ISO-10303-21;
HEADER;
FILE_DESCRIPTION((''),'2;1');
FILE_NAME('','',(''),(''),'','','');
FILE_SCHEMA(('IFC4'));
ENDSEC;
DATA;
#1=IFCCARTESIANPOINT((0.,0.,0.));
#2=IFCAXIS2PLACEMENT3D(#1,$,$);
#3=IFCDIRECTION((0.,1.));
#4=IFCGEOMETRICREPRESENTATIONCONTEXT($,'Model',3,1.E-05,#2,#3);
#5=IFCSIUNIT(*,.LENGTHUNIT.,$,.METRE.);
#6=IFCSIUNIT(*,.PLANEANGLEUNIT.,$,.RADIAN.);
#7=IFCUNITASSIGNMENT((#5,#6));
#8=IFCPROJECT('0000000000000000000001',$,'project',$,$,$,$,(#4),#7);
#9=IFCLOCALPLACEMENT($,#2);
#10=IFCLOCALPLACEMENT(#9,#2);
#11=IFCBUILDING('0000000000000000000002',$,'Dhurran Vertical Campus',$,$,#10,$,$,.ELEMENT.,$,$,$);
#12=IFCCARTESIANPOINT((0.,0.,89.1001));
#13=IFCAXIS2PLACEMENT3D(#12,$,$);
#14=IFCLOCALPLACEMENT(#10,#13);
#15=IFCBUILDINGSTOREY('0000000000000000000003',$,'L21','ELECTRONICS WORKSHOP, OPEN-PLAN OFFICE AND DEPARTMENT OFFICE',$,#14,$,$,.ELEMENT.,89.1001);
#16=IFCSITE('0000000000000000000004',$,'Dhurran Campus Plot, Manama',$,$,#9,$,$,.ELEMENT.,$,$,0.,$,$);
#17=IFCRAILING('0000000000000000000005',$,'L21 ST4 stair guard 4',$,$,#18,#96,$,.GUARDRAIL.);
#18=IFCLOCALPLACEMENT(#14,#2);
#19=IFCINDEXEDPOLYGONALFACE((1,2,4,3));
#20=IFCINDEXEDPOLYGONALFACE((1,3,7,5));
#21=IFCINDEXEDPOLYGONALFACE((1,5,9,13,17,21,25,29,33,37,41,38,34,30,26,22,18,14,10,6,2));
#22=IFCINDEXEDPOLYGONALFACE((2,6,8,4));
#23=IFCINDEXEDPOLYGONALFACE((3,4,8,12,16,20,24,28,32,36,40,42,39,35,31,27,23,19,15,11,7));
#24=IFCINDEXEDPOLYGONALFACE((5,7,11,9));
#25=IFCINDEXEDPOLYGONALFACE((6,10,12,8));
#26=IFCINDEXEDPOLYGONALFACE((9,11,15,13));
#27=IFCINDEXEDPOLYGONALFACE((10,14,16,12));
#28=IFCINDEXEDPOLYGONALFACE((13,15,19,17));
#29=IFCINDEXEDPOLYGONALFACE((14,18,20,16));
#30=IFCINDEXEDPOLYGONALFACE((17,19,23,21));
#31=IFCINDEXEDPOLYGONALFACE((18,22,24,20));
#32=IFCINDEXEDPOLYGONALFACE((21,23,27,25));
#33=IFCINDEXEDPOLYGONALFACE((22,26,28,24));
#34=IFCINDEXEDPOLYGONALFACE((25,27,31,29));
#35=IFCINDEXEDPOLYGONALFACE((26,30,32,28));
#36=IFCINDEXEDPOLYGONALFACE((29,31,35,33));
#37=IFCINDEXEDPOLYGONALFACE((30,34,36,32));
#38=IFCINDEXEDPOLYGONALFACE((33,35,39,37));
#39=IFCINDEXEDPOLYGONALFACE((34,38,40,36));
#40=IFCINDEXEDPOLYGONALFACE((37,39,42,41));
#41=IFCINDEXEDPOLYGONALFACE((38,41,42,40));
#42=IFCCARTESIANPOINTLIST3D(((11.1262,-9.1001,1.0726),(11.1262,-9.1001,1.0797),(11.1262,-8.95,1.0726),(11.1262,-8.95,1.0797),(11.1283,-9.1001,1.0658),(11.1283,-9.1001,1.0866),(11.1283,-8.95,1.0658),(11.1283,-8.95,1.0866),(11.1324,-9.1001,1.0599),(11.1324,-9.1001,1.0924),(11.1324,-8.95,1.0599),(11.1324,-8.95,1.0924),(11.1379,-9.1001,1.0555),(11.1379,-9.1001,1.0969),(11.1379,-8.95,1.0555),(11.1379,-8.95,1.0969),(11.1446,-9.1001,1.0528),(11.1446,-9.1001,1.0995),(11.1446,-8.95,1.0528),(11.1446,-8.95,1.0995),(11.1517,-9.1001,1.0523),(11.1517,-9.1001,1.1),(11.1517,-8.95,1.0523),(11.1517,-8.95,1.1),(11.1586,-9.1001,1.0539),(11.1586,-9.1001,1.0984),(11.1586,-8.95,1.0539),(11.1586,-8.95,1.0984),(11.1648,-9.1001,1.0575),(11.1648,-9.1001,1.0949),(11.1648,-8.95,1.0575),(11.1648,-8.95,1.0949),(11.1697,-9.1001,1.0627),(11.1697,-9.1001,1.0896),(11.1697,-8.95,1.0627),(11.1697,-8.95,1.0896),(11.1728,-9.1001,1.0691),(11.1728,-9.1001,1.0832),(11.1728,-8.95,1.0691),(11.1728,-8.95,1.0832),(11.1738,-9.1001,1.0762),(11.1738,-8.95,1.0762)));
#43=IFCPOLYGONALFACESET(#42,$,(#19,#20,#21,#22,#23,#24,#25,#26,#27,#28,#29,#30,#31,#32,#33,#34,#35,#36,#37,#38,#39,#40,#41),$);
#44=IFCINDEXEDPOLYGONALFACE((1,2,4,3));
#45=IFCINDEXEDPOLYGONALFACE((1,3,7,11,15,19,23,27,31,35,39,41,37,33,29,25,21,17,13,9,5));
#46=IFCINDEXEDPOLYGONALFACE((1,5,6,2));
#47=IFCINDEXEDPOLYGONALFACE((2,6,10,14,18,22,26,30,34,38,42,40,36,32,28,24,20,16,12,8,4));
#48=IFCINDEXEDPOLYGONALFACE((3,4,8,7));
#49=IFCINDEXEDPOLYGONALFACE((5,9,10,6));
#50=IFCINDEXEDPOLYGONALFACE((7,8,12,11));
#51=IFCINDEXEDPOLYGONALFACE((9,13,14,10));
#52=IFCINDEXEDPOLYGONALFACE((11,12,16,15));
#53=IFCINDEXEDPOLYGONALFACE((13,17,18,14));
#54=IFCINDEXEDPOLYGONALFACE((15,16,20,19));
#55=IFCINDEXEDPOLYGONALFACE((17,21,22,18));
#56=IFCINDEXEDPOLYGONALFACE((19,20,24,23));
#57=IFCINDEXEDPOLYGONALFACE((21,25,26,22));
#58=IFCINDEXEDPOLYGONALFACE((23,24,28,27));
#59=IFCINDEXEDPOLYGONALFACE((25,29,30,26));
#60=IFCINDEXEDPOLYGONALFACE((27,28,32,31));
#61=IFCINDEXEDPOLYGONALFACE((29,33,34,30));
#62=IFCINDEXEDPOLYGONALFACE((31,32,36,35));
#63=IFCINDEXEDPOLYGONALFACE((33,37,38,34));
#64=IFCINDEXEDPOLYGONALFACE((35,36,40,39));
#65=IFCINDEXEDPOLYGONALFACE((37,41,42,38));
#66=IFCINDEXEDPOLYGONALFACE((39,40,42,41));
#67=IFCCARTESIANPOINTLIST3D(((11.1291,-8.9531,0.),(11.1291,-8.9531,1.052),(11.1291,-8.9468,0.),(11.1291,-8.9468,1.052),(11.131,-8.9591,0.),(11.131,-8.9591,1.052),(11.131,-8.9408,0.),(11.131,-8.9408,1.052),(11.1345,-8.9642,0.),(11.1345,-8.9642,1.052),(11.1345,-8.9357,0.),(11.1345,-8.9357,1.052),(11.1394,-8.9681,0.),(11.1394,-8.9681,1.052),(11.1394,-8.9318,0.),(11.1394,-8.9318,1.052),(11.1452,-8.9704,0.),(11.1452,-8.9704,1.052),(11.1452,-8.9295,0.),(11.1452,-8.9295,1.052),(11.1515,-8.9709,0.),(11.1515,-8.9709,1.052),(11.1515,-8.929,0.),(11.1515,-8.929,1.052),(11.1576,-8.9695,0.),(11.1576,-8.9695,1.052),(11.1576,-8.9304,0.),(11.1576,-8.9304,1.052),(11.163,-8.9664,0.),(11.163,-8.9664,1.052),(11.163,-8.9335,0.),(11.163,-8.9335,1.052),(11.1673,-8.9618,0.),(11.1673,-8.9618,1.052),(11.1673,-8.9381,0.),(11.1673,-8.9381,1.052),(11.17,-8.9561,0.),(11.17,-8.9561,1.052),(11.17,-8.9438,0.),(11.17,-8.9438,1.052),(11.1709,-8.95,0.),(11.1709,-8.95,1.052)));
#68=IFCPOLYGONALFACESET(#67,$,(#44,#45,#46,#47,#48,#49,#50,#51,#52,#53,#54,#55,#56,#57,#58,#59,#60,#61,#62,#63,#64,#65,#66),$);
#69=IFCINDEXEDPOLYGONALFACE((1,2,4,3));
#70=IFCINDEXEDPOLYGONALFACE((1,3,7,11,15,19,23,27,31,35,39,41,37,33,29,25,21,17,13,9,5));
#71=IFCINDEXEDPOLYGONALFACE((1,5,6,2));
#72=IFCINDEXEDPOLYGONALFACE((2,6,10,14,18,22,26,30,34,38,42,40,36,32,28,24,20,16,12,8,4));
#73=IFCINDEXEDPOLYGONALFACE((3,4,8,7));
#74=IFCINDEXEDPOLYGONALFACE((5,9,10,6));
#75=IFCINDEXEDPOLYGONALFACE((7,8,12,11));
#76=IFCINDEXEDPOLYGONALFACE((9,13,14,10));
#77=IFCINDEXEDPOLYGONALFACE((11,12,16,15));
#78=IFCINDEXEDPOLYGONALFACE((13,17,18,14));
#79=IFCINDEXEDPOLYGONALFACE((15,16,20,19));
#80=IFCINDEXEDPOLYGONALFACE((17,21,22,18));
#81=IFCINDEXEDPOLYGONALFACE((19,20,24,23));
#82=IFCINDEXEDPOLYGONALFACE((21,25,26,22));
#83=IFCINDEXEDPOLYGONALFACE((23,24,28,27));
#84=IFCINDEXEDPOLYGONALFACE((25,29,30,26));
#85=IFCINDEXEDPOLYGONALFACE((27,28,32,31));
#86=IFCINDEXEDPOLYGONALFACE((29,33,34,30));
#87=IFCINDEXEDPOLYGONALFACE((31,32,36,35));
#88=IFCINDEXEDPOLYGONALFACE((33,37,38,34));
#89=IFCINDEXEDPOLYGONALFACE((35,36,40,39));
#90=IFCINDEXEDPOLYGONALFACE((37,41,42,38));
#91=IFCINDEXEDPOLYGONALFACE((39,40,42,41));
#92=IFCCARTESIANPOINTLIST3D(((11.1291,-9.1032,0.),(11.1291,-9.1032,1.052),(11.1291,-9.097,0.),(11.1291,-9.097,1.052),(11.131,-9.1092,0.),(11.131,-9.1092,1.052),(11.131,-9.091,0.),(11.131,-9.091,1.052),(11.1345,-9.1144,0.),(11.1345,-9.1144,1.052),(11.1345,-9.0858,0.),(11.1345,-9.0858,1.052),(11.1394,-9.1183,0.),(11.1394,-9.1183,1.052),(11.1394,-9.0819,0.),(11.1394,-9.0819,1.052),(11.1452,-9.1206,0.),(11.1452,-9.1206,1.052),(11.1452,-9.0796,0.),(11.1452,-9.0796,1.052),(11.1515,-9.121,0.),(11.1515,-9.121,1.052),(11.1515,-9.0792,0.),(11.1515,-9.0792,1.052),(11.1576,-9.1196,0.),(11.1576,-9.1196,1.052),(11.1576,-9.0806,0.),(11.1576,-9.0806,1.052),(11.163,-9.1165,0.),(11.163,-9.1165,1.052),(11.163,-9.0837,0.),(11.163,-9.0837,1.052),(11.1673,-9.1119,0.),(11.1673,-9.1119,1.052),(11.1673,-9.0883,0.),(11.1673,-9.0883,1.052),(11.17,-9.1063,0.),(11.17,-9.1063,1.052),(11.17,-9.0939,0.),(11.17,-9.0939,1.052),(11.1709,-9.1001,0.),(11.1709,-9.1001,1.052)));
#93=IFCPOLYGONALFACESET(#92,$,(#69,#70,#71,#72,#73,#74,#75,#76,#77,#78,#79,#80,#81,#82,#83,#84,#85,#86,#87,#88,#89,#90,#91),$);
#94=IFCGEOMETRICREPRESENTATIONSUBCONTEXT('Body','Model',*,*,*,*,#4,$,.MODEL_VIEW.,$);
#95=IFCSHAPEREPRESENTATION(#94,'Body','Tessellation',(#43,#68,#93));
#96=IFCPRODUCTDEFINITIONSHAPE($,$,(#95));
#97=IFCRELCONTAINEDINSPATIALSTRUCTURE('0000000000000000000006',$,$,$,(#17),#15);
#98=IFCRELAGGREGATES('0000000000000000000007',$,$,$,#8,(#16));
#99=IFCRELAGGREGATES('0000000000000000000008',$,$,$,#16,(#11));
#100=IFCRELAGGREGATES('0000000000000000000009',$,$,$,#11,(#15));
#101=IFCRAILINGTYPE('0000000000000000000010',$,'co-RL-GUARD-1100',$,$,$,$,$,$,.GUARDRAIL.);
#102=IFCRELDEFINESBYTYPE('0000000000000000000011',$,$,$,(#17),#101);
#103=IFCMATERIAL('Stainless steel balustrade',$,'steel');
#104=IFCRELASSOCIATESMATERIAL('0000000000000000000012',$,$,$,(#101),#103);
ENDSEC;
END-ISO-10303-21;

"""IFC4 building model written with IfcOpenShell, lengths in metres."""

from ifc_helpers import new_model, si_unit, direction, frame, origin, origin_2d, place, context, subcontext, project, spatial, circle, extrude, material, type_object, element, save


model = new_model("IFC4")

# Units and contexts
model_context = context("Model", 3, precision=1e-05, world=origin(), true_north=direction((0.0, 1.0)))
body_context = subcontext(model_context, "Body", "Model", "MODEL_VIEW")
ifc_project = project(units=[si_unit("LENGTHUNIT", "METRE"), si_unit("PLANEANGLEUNIT", "RADIAN")], contexts=[model_context])

# Site, building, storey
site_placement = place(None, origin())
site = spatial("IfcSite", under=ifc_project, at=site_placement, Name="Dhurran Campus Plot, Manama", CompositionType="ELEMENT", RefElevation=0.0)
building_placement = place(site_placement, origin())
building = spatial("IfcBuilding", under=site, at=building_placement, Name="Dhurran Vertical Campus", CompositionType="ELEMENT")
storey_placement = place(building_placement, frame((0.0, 0.0, 89.1001)))
storey = spatial("IfcBuildingStorey", under=building, at=storey_placement, Name="L21", Description="ELECTRONICS WORKSHOP, OPEN-PLAN OFFICE AND DEPARTMENT OFFICE", CompositionType="ELEMENT", Elevation=89.1001)

# Railing
ifc_material_1 = material(Name="Stainless steel balustrade", Category="steel")
railing_type_1 = type_object("IfcRailingType", Name="co-RL-GUARD-1100", PredefinedType="GUARDRAIL", material=ifc_material_1)
railing_1_placement = place(storey_placement, frame((11.1499, -8.95, 0.0)))
element("IfcRailing", 1, at=railing_1_placement, inside=storey, type_object=railing_type_1, Name="L21 ST4 stair guard 4", PredefinedType="GUARDRAIL", context=body_context, shape_type="SweptSolid", body=[
    extrude(circle(Radius=0.0239, at=origin_2d()), frame((0.0, 0.0, 1.0762), z_axis=(0.0, -1.0, 0.0), x_axis=(1.0, 0.0, 0.0)), (0.0, 0.0, 1.0), 0.1501),
    extrude(circle(Radius=0.021, at=origin_2d()), origin(), (0.0, 0.0, 1.0), 1.052),
    extrude(circle(Radius=0.021, at=origin_2d()), frame((0.0, -0.1501, 0.0)), (0.0, 0.0, 1.0), 1.052),
])

save(model, "model.ifc")
